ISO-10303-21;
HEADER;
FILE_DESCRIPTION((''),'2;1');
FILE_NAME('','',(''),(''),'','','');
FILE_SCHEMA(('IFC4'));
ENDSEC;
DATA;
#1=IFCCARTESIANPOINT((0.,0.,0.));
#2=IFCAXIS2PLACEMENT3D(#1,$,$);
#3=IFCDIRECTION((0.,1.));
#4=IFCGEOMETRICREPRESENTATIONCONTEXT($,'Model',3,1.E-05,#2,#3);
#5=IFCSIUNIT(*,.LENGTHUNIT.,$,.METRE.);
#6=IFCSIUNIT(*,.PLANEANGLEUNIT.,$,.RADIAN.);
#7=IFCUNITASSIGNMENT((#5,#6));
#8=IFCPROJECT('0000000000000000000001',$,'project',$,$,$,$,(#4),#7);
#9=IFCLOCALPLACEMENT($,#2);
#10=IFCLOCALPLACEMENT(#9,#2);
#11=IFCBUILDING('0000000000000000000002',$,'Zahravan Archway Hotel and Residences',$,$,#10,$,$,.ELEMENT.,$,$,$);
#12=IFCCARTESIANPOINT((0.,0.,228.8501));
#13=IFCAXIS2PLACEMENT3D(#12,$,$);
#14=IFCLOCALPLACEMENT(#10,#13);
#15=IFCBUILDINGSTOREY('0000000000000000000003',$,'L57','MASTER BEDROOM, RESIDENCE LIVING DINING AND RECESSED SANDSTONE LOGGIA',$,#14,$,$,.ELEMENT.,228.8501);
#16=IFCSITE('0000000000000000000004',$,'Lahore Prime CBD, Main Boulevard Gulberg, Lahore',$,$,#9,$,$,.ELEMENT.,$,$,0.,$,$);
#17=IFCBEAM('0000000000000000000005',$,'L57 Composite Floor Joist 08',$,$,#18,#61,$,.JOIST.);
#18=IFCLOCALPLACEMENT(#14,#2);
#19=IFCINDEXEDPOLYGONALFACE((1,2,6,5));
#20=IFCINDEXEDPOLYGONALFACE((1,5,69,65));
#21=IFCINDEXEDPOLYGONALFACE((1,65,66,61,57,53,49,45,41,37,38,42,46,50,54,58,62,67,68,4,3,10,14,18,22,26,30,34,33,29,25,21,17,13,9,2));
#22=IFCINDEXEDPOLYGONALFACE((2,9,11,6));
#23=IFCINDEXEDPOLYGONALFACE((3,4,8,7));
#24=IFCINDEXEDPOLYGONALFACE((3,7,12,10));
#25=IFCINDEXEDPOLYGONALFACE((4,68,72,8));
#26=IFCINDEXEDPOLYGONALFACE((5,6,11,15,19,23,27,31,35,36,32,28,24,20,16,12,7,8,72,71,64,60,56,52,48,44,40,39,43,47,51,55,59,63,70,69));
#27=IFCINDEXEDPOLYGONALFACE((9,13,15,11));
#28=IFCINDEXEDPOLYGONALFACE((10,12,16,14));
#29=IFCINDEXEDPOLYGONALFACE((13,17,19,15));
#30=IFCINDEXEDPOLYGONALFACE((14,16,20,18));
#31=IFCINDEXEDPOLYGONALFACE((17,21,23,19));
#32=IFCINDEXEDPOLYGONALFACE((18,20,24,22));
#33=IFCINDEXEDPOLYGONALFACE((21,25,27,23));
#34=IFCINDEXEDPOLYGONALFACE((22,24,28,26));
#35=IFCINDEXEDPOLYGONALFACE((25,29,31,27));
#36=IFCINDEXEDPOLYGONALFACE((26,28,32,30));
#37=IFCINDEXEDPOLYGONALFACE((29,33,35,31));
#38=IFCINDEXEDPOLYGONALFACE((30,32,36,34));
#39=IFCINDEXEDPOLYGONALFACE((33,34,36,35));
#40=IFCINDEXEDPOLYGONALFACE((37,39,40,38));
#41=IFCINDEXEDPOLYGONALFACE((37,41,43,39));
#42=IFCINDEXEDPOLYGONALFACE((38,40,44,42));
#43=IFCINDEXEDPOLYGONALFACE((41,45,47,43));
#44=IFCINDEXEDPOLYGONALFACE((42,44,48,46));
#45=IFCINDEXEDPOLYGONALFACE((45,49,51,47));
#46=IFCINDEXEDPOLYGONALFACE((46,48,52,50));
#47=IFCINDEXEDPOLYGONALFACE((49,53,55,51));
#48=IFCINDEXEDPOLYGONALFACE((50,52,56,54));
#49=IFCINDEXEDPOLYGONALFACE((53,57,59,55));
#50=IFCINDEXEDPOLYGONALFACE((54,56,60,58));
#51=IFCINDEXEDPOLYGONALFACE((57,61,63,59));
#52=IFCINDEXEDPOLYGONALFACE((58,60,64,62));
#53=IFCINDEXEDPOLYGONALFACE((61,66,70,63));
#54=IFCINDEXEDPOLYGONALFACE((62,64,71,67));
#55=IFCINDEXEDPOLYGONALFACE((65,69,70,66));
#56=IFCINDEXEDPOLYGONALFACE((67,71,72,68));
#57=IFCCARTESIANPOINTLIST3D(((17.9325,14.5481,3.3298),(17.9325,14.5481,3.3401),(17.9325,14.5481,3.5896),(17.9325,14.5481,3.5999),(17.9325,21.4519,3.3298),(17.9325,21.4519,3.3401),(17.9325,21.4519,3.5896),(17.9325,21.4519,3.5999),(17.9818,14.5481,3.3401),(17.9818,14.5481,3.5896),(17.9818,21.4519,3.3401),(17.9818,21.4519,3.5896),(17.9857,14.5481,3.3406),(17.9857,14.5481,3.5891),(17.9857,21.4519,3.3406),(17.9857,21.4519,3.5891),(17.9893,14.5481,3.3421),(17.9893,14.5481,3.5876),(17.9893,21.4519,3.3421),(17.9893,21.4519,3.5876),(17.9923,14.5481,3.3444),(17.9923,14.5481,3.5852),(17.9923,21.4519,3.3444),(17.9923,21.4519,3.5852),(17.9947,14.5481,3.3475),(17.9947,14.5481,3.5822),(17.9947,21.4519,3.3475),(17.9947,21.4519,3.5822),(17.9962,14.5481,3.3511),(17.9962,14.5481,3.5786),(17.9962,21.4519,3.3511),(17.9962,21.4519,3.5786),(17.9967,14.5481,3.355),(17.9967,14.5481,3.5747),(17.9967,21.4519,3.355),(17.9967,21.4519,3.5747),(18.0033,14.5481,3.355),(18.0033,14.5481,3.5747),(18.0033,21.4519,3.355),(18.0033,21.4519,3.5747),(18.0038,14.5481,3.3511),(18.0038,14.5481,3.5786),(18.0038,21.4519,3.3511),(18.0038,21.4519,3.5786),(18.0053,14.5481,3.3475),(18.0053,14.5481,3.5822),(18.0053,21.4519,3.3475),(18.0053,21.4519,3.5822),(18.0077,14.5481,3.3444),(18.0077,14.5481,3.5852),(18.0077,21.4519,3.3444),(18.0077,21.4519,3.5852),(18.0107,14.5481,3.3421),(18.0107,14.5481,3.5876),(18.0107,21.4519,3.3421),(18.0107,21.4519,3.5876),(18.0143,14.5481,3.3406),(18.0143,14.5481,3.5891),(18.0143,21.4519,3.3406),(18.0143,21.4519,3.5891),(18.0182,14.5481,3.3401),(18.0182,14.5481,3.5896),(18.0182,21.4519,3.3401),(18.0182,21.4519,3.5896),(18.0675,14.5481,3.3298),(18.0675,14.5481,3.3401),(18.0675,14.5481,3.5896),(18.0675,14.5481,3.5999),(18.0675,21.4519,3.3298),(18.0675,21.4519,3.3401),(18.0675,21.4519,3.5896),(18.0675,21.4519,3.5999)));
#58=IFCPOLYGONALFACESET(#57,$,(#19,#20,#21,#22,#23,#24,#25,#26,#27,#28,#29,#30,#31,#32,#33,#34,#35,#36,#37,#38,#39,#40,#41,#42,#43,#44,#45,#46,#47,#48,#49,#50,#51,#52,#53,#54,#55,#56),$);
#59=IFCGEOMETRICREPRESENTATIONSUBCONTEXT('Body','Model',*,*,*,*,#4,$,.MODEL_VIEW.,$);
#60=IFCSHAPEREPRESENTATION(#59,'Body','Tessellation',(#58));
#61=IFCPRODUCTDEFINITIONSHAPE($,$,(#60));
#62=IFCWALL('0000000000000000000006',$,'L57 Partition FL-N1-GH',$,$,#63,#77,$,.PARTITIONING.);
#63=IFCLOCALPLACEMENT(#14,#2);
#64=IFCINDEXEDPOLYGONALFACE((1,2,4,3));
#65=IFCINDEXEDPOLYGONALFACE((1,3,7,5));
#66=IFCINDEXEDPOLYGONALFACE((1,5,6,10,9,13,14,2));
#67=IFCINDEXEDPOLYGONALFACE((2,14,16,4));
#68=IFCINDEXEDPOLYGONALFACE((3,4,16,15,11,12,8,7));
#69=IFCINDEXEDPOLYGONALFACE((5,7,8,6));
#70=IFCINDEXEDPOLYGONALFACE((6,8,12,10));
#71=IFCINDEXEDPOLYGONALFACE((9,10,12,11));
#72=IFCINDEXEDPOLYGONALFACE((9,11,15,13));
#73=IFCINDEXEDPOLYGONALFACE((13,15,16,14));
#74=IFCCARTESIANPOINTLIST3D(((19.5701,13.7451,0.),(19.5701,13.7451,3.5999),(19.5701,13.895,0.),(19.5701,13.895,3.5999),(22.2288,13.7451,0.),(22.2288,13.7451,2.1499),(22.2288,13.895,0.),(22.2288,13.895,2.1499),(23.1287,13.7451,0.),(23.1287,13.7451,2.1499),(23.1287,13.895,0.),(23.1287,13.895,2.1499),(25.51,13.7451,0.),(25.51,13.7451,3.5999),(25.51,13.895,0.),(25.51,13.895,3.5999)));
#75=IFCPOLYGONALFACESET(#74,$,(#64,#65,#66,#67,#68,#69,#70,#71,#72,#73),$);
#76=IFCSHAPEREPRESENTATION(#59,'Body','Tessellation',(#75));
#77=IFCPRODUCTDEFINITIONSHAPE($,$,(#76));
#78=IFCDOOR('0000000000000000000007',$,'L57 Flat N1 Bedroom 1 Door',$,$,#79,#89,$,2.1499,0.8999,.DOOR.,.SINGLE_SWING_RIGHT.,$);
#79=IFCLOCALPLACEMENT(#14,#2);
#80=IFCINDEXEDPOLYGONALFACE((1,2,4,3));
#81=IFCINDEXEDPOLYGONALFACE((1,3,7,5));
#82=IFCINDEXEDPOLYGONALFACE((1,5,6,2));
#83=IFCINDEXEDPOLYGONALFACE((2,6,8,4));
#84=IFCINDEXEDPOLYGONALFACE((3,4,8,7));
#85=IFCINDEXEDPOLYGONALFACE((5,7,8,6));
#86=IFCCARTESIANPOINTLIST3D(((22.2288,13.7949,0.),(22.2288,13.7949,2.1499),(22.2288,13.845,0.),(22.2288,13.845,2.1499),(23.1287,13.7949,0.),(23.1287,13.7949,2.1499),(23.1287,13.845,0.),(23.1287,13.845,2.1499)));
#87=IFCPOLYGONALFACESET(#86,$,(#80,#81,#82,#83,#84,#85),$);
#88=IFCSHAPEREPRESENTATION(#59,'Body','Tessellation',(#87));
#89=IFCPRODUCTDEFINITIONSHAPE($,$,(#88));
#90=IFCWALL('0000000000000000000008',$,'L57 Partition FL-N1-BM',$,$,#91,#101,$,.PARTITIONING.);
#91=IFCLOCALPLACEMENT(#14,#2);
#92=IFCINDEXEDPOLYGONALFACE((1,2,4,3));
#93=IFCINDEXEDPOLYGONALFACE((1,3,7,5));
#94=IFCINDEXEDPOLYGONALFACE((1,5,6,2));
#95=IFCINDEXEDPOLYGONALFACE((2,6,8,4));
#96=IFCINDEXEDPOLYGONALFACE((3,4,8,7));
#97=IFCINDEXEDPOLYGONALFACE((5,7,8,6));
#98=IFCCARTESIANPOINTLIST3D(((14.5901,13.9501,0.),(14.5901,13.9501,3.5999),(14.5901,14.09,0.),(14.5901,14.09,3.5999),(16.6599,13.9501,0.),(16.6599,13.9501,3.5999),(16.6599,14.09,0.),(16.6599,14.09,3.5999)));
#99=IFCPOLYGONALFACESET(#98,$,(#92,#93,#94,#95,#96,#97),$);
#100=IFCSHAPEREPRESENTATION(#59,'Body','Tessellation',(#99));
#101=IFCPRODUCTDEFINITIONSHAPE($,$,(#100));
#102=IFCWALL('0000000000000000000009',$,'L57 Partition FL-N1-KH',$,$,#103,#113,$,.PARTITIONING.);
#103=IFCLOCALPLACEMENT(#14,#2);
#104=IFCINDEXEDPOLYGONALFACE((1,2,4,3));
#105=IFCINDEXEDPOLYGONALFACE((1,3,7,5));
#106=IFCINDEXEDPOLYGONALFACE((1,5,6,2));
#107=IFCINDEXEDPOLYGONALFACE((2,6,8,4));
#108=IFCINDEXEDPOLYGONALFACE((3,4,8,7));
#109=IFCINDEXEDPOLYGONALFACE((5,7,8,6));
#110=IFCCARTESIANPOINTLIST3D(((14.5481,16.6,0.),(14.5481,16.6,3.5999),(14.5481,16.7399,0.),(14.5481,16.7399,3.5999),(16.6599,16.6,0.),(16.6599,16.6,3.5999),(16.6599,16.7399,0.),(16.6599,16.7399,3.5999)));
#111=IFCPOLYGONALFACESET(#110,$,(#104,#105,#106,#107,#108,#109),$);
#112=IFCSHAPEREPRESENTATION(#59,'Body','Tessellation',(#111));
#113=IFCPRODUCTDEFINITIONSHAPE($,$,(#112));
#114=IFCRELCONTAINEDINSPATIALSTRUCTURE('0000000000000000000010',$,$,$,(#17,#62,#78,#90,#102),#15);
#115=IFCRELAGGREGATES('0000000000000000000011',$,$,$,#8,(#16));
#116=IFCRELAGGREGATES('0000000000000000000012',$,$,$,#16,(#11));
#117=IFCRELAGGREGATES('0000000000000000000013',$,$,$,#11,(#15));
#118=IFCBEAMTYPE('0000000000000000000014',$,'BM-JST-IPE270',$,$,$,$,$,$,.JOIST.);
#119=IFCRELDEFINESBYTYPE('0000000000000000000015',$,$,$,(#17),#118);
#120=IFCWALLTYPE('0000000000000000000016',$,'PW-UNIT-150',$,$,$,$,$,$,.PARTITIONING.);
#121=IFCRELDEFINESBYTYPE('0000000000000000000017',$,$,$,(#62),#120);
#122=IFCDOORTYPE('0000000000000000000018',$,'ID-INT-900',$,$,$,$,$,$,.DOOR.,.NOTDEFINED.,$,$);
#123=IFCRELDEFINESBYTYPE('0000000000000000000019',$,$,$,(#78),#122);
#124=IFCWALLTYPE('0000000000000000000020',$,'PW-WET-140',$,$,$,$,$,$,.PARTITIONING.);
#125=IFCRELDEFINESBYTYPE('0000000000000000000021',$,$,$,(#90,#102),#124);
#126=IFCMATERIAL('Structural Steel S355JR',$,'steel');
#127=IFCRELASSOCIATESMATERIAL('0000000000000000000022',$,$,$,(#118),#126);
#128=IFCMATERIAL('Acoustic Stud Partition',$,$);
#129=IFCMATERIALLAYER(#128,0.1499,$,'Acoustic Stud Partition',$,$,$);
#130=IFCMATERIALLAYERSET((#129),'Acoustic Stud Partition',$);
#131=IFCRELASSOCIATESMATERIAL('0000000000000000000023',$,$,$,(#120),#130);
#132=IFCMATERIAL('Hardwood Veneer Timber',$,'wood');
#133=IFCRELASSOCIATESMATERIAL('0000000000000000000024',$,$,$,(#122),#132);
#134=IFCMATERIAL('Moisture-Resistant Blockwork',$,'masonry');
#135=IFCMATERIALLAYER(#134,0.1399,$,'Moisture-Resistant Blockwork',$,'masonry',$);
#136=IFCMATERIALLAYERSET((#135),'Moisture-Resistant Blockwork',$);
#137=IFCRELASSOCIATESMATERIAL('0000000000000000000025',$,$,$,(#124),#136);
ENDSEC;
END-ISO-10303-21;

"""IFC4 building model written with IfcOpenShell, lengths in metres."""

from ifc_helpers import new_model, si_unit, direction, frame, frame_2d, origin, origin_2d, place, context, subcontext, project, spatial, rectangle, i_section, extrude, source, transform, mapped, material, layer, layer_set, material_profile, profile_set, type_object, type_shapes, element, fill, save


model = new_model("IFC4")

# Units and contexts
model_context = context("Model", 3, precision=1e-05, world=origin(), true_north=direction((0.0, 1.0)))
body_context = subcontext(model_context, "Body", "Model", "MODEL_VIEW")
ifc_project = project(units=[si_unit("LENGTHUNIT", "METRE"), si_unit("PLANEANGLEUNIT", "RADIAN")], contexts=[model_context])

# Site, building, storey
site_placement = place(None, origin())
site = spatial("IfcSite", under=ifc_project, at=site_placement, Name="Lahore Prime CBD, Main Boulevard Gulberg, Lahore", CompositionType="ELEMENT", RefElevation=0.0)
building_placement = place(site_placement, origin())
building = spatial("IfcBuilding", under=site, at=building_placement, Name="Zahravan Archway Hotel and Residences", CompositionType="ELEMENT")
storey_placement = place(building_placement, frame((0.0, 0.0, 228.8501)))
storey = spatial("IfcBuildingStorey", under=building, at=storey_placement, Name="L57", Description="MASTER BEDROOM, RESIDENCE LIVING DINING AND RECESSED SANDSTONE LOGGIA", CompositionType="ELEMENT", Elevation=228.8501)

# Beam
ifc_material_1 = material(Name="Structural Steel S355JR", Category="steel")
ifc_material_profile_1 = material_profile(ifc_material_1, i_section(OverallWidth=0.135, OverallDepth=0.27, WebThickness=0.0066, FlangeThickness=0.0103, FilletRadius=0.0149, at=origin_2d()), Name="IPE 270", Category="steel")
ifc_profile_set_1 = profile_set([ifc_material_profile_1], Name="Structural Steel S355JR")
beam_type_1 = type_object("IfcBeamType", Name="BM-JST-IPE270", PredefinedType="JOIST", material=ifc_profile_set_1)
shared_shape_1 = source(origin(), body_context, "Body", "SweptSolid", [
    extrude(i_section(OverallWidth=0.135, OverallDepth=0.27, WebThickness=0.0066, FlangeThickness=0.0103, FilletRadius=0.0149, at=origin_2d()), origin(), (0.0, 0.0, 1.0), 6.9038),
])
beam_1_placement = place(storey_placement, frame((18.0, 14.5481, 3.4648), z_axis=(0.0, 1.0, 0.0), x_axis=(-1.0, 0.0, 0.0)))
element("IfcBeam", 1, at=beam_1_placement, inside=storey, type_object=beam_type_1, Name="L57 Composite Floor Joist 08", PredefinedType="JOIST", context=body_context, shape_type="MappedRepresentation", body=[
    mapped(shared_shape_1, transform((0.0, 0.0, 0.0), scale=1.0)),
])

# Wall, opening, door
ifc_material_2 = material(Name="Acoustic Stud Partition")
ifc_layer_1 = layer(ifc_material_2, 0.1499, Name="Acoustic Stud Partition")
ifc_layer_set_1 = layer_set([ifc_layer_1], Name="Acoustic Stud Partition")
wall_type_1 = type_object("IfcWallType", Name="PW-UNIT-150", PredefinedType="PARTITIONING", material=ifc_layer_set_1)
wall_1_placement = place(storey_placement, frame((19.5701, 13.8201, 0.0), z_axis=(0.0, 0.0, 1.0), x_axis=(1.0, 0.0, 0.0)))
wall_1 = element("IfcWall", 2, at=wall_1_placement, inside=storey, type_object=wall_type_1, Name="L57 Partition FL-N1-GH", PredefinedType="PARTITIONING", context=body_context, shape_type="SweptSolid", body=[
    extrude(rectangle(XDim=5.9399, YDim=0.1499, at=frame_2d((2.97, 0.0))), origin(), (0.0, 0.0, 1.0), 3.5999),
])
opening_1_placement = place(wall_1_placement, frame((2.6587, 0.0, 0.0)))
opening_1 = element("IfcOpeningElement", 3, at=opening_1_placement, cuts=wall_1, PredefinedType="OPENING", context=body_context, shape_type="SweptSolid", body=[
    extrude(rectangle(XDim=0.8999, YDim=2.1499, at=frame_2d((0.45, 1.075))), frame((0.0, 0.085, 0.0), z_axis=(0.0, -1.0, 0.0), x_axis=(1.0, 0.0, 0.0)), (0.0, 0.0, 1.0), 0.1699),
])
ifc_material_3 = material(Name="Hardwood Veneer Timber", Category="wood")
door_type_1 = type_object("IfcDoorType", Name="ID-INT-900", OperationType="NOTDEFINED", PredefinedType="DOOR", material=ifc_material_3)
shared_shape_2 = source(origin(), body_context, "Body", "SweptSolid", [
    extrude(rectangle(XDim=0.8999, YDim=2.1499, at=frame_2d((0.45, 1.075))), frame((0.0, 0.0249, 0.0), z_axis=(0.0, -1.0, 0.0), x_axis=(1.0, 0.0, 0.0)), (0.0, 0.0, 1.0), 0.05),
])
type_shapes(door_type_1, [shared_shape_2])
door_1_placement = place(opening_1_placement, origin())
door_1 = element("IfcDoor", 4, at=door_1_placement, inside=storey, type_object=door_type_1, Name="L57 Flat N1 Bedroom 1 Door", OperationType="SINGLE_SWING_RIGHT", OverallHeight=2.1499, OverallWidth=0.8999, PredefinedType="DOOR", context=body_context, shape_type="MappedRepresentation", body=[
    mapped(shared_shape_2, transform((0.0, 0.0, 0.0), scale=1.0)),
])
fill(opening_1, door_1)

# Walls
ifc_material_4 = material(Name="Moisture-Resistant Blockwork", Category="masonry")
ifc_layer_2 = layer(ifc_material_4, 0.1399, Name="Moisture-Resistant Blockwork", Category="masonry")
ifc_layer_set_2 = layer_set([ifc_layer_2], Name="Moisture-Resistant Blockwork")
wall_type_2 = type_object("IfcWallType", Name="PW-WET-140", PredefinedType="PARTITIONING", material=ifc_layer_set_2)
wall_2_placement = place(storey_placement, frame((14.5901, 14.02, 0.0), z_axis=(0.0, 0.0, 1.0), x_axis=(1.0, 0.0, 0.0)))
element("IfcWall", 5, at=wall_2_placement, inside=storey, type_object=wall_type_2, Name="L57 Partition FL-N1-BM", PredefinedType="PARTITIONING", context=body_context, shape_type="SweptSolid", body=[
    extrude(rectangle(XDim=2.0698, YDim=0.1399, at=frame_2d((1.0349, 0.0))), origin(), (0.0, 0.0, 1.0), 3.5999),
])
wall_3_placement = place(storey_placement, frame((14.5481, 16.6699, 0.0), z_axis=(0.0, 0.0, 1.0), x_axis=(1.0, 0.0, 0.0)))
element("IfcWall", 6, at=wall_3_placement, inside=storey, type_object=wall_type_2, Name="L57 Partition FL-N1-KH", PredefinedType="PARTITIONING", context=body_context, shape_type="SweptSolid", body=[
    extrude(rectangle(XDim=2.1118, YDim=0.1399, at=frame_2d((1.0559, 0.0))), origin(), (0.0, 0.0, 1.0), 3.5999),
])

save(model, "model.ifc")
